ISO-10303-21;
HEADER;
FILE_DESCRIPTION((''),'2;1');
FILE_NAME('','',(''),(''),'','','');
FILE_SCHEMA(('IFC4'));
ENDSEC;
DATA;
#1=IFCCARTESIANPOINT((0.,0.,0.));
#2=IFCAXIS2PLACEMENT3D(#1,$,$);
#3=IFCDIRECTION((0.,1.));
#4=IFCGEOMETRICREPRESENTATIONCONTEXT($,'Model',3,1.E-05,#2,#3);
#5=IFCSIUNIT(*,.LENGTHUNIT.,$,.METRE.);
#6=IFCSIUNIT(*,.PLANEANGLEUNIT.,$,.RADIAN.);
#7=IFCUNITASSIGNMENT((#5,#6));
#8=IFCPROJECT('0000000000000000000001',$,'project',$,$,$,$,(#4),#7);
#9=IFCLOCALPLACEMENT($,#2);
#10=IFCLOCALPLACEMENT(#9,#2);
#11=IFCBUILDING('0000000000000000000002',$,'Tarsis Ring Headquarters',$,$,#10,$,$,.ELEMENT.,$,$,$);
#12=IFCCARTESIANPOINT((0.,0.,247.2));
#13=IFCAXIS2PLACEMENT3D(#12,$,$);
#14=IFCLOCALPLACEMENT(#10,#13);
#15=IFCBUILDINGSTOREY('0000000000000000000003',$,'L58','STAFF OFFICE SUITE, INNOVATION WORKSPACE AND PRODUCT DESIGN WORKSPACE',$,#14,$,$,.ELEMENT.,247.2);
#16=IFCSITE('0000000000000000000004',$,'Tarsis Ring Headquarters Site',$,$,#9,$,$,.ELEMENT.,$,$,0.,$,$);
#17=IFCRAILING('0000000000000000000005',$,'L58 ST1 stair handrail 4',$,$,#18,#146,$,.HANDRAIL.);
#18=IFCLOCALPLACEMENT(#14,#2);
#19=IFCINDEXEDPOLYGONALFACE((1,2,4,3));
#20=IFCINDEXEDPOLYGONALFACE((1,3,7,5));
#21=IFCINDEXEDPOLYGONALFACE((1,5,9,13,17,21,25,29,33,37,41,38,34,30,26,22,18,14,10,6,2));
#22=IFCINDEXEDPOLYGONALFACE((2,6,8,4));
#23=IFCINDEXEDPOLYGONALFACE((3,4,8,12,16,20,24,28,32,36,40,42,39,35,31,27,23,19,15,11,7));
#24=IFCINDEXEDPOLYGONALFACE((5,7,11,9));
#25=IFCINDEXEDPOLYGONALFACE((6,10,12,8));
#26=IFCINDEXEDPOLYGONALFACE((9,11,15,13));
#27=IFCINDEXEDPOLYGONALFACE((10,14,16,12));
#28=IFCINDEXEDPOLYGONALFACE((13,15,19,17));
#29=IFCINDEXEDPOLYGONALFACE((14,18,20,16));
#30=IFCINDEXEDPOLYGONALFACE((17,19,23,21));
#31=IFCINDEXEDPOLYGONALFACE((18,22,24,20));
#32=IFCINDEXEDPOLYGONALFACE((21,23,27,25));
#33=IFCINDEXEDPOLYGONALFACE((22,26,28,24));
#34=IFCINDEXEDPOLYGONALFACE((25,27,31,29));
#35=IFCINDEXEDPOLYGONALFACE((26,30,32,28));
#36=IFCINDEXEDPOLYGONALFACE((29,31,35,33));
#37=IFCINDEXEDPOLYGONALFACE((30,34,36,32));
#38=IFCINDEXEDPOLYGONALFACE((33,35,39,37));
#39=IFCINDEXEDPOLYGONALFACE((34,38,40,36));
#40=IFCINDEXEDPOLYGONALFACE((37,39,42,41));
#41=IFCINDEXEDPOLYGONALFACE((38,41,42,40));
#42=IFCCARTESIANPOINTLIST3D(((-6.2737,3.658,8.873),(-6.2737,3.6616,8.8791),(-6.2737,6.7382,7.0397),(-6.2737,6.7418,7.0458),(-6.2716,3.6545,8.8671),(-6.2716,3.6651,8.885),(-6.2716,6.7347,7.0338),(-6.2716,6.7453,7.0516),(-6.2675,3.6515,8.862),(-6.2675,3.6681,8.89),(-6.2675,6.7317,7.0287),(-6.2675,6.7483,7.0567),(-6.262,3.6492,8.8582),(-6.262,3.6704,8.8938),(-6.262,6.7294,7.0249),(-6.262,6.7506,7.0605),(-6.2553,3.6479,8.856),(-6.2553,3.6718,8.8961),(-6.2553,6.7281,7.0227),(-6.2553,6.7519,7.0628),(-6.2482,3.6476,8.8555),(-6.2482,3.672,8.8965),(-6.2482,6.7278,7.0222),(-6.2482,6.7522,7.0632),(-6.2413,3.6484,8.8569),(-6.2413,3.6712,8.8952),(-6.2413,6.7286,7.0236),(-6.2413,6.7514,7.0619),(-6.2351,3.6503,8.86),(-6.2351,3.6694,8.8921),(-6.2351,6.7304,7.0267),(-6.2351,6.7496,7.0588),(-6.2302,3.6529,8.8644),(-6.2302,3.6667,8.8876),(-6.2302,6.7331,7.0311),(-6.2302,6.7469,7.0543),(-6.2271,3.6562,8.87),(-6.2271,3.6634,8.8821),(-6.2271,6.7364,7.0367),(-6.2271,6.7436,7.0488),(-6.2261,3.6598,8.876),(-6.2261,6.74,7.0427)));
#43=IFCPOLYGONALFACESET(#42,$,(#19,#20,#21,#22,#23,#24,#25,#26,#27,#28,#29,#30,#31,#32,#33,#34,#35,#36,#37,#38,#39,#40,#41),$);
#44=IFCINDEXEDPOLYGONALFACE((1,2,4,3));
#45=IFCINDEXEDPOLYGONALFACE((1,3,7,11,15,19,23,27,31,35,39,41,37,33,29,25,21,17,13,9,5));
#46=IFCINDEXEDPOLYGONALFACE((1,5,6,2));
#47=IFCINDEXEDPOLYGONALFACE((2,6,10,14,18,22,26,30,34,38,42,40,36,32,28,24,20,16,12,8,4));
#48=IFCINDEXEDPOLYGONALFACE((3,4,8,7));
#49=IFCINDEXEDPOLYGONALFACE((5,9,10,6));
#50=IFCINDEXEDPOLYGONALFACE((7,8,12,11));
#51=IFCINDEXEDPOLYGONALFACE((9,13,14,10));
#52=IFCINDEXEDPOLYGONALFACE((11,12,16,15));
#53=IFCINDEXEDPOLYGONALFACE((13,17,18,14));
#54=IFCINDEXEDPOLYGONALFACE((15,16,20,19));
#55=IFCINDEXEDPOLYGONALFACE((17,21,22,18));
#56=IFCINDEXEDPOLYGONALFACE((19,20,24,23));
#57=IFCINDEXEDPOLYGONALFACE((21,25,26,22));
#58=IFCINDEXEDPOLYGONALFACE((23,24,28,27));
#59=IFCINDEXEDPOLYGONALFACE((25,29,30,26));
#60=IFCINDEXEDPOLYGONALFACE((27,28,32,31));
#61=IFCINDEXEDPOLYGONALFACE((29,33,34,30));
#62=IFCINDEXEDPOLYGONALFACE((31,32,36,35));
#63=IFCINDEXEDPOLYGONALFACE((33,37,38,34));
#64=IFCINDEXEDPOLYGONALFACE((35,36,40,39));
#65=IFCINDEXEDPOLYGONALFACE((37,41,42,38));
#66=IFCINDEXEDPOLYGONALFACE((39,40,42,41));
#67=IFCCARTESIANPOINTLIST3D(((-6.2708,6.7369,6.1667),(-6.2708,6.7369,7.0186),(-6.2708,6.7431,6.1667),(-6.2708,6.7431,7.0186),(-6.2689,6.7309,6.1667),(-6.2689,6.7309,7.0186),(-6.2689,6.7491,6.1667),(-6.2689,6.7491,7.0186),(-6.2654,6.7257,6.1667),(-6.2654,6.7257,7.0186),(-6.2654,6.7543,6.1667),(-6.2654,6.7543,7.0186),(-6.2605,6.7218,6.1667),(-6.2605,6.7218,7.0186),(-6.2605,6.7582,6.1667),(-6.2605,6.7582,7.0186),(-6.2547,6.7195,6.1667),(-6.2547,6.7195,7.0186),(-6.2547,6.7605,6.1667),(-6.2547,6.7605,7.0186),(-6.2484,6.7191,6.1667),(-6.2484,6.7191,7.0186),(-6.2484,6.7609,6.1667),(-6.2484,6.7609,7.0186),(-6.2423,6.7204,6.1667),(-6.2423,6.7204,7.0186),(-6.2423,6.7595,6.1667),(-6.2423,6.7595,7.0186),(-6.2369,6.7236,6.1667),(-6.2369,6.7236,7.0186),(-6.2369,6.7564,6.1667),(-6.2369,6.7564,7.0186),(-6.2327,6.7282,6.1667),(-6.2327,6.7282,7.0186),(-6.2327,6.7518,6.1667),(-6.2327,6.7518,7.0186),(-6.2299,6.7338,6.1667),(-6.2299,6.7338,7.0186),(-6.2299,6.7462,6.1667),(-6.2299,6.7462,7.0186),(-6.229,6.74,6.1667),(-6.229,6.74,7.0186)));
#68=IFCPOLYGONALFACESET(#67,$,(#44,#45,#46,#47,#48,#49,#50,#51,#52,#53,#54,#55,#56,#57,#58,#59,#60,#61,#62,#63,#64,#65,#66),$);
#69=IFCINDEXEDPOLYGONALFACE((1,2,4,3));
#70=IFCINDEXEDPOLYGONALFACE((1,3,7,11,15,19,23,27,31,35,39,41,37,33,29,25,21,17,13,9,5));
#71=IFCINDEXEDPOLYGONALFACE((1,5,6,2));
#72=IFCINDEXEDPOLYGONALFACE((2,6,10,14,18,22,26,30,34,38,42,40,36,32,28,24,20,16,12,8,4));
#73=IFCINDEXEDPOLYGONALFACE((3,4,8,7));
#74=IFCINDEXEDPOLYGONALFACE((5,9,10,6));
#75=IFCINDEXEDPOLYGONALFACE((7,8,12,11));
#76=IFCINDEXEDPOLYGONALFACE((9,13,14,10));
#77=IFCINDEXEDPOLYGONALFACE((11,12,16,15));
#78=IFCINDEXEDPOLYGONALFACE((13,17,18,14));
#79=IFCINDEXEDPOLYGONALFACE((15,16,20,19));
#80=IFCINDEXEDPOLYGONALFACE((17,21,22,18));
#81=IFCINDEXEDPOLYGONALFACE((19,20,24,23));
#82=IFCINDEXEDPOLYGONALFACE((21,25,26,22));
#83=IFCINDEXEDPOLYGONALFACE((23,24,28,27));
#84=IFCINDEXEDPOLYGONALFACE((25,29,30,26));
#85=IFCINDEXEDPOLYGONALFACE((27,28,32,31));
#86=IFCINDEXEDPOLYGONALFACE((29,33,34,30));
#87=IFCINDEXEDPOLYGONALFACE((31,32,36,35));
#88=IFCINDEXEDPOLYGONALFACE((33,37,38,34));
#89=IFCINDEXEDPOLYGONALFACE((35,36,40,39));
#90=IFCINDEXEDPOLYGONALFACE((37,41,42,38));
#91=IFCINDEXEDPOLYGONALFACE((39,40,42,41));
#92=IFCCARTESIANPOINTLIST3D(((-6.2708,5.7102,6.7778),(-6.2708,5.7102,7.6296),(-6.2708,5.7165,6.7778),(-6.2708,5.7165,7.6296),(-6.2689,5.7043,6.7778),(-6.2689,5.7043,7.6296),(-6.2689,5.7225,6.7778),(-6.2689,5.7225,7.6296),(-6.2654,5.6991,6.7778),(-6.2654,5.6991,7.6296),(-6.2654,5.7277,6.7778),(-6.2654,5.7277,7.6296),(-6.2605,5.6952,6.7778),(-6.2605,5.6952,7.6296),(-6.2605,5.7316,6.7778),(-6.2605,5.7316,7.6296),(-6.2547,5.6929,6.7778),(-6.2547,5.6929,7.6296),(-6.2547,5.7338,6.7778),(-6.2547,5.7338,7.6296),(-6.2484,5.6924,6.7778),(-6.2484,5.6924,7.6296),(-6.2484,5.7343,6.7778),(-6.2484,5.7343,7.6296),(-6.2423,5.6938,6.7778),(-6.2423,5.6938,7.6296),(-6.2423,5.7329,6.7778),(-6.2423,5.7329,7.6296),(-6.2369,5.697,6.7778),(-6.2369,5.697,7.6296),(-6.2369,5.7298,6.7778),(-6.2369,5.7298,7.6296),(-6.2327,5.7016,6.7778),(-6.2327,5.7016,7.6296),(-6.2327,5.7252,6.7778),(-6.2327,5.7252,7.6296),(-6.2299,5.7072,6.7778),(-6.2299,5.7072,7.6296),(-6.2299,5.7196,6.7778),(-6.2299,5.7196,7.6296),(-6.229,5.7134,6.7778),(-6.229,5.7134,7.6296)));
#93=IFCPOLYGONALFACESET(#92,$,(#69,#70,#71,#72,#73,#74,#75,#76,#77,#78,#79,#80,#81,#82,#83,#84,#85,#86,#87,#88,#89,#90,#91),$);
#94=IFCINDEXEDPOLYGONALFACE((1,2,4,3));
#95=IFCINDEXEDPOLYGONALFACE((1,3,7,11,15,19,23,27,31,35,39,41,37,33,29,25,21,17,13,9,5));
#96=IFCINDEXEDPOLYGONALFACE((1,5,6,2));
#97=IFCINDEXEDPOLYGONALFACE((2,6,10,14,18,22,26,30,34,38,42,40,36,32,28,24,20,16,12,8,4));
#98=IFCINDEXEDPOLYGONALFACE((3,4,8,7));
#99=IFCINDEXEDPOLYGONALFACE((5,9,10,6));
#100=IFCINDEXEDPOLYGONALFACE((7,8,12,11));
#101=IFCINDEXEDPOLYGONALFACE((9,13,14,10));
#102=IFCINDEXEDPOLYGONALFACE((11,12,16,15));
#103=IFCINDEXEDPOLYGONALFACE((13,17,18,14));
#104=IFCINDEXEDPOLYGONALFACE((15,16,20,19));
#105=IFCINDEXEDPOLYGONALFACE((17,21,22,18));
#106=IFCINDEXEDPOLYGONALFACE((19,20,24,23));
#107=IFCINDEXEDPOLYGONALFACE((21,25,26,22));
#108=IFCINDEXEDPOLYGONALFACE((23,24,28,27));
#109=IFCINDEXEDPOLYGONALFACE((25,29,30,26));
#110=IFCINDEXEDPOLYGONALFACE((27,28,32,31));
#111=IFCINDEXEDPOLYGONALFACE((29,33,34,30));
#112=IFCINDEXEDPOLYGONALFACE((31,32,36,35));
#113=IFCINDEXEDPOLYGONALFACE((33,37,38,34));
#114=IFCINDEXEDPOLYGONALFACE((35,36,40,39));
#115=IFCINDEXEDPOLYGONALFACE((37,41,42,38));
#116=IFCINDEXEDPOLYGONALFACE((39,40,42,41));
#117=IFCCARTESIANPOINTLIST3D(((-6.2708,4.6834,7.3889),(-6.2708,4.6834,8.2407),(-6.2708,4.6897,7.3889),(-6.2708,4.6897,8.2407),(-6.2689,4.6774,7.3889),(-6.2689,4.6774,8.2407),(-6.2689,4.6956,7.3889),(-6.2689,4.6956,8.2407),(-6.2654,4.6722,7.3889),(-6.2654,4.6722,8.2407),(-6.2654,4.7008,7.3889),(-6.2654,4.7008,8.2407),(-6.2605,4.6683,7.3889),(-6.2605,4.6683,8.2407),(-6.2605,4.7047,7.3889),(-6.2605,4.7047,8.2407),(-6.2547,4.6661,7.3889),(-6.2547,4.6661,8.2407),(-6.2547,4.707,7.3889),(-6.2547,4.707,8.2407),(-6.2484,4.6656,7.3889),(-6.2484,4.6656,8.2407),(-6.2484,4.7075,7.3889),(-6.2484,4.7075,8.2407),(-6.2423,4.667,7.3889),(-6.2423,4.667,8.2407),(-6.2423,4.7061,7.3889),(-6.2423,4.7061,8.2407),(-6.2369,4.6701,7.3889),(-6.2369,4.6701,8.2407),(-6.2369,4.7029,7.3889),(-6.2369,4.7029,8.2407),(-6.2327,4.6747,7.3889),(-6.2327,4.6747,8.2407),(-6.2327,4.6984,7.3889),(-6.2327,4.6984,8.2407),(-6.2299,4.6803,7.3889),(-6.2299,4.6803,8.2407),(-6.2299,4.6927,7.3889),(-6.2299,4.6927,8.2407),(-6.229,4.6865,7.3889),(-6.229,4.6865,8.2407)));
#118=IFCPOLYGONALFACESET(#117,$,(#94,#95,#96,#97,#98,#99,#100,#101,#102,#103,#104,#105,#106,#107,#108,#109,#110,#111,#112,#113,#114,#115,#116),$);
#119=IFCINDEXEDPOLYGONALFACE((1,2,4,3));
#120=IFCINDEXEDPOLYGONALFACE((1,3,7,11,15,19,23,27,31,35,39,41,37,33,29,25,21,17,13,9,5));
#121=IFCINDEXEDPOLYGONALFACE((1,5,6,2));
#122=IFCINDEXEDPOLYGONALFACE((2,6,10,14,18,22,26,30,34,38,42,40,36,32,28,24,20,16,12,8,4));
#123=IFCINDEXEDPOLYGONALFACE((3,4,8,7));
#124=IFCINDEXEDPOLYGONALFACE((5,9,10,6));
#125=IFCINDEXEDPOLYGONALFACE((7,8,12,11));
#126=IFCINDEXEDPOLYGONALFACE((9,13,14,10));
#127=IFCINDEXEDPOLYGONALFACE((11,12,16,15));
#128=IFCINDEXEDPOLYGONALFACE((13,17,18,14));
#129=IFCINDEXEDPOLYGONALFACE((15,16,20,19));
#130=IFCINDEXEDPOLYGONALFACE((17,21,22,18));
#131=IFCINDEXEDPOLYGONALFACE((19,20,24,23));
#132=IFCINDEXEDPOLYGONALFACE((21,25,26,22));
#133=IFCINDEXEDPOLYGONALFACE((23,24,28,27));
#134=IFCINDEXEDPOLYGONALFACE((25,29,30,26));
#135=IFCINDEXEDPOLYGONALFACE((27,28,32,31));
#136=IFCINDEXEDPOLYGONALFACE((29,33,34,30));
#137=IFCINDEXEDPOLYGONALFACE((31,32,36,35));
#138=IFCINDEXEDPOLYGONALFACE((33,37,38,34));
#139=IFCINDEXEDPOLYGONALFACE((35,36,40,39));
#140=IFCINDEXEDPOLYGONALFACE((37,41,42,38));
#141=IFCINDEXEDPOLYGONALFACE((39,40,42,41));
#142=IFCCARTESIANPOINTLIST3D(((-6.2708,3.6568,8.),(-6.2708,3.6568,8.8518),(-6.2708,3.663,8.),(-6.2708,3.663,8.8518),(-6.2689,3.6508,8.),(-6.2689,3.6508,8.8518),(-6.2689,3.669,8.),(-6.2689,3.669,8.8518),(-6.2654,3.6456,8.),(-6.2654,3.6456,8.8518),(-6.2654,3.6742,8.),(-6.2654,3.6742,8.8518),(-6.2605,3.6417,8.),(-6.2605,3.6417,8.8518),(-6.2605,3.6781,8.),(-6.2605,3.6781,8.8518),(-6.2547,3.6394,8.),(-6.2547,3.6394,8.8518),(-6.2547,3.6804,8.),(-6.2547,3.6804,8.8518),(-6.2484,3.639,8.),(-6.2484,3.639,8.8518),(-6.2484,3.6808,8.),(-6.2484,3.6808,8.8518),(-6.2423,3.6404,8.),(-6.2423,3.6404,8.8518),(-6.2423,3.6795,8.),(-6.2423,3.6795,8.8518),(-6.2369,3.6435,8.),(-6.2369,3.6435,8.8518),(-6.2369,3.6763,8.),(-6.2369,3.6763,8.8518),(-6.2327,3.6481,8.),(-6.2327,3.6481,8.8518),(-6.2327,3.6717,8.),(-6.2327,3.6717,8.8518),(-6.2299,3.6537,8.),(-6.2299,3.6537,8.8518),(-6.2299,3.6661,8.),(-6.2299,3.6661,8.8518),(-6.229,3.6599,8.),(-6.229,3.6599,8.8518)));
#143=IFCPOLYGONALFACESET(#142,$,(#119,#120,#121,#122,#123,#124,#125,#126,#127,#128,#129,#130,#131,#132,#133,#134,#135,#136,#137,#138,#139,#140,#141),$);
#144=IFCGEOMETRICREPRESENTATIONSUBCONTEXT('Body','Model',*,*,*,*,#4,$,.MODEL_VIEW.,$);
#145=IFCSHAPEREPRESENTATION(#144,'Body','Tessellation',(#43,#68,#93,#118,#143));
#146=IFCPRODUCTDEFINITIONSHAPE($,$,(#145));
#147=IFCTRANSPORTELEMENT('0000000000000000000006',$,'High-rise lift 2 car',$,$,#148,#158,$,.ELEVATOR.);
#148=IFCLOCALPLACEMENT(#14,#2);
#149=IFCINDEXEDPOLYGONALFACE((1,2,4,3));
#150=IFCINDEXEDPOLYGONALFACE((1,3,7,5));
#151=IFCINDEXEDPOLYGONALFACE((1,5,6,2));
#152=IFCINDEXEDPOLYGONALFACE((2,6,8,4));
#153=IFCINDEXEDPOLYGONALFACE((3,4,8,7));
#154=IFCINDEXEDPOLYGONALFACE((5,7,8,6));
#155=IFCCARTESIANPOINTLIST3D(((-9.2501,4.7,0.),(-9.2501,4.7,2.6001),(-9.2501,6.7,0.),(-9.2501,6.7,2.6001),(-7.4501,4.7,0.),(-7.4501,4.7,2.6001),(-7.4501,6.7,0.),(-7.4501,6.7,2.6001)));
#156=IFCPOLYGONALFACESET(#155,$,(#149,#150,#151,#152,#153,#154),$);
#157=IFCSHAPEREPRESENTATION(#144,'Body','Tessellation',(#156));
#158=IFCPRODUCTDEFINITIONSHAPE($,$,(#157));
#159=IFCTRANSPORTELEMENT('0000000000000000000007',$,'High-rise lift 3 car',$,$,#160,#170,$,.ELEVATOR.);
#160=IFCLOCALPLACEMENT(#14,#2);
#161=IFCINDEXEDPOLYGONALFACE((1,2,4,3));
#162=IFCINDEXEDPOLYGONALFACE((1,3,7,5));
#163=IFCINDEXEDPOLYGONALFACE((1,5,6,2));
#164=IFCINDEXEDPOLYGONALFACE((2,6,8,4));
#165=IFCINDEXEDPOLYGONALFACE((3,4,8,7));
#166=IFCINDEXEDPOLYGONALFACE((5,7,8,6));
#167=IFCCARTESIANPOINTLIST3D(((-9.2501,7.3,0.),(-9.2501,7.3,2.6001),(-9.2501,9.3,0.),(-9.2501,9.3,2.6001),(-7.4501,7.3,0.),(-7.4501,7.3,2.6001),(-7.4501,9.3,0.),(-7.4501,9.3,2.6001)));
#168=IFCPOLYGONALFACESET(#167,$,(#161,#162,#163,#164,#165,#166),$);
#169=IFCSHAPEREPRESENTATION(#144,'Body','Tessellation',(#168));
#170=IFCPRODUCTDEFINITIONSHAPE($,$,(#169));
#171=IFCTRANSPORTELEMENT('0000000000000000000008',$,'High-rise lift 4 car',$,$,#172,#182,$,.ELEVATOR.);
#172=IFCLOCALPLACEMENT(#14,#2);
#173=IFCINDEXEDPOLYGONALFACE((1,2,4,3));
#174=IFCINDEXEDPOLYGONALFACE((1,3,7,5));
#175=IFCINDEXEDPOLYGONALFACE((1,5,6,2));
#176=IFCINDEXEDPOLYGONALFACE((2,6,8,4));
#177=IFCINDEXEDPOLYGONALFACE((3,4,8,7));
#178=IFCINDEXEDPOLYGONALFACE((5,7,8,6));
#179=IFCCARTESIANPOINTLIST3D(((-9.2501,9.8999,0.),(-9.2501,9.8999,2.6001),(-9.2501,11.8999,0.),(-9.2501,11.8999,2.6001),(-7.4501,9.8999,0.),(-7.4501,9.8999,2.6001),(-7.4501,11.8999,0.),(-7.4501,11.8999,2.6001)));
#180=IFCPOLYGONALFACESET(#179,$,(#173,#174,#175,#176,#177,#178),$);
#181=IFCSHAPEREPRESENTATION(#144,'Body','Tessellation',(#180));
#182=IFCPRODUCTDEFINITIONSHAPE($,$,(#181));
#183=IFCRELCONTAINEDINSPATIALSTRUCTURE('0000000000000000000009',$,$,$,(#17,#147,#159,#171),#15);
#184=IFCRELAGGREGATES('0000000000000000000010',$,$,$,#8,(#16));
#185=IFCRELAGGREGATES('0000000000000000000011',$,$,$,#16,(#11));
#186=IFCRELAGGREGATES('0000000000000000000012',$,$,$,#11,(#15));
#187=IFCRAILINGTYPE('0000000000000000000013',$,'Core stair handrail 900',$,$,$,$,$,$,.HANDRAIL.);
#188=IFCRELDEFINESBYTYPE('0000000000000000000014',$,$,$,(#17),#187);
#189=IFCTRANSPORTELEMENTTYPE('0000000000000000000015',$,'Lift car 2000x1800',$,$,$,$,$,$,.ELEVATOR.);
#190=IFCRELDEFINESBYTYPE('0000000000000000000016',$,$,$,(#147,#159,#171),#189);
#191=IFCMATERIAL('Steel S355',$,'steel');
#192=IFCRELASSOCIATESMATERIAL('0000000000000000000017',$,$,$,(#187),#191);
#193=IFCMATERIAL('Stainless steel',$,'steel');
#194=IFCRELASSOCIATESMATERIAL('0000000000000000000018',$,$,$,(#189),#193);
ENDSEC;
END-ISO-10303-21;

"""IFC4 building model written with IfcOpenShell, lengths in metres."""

from ifc_helpers import new_model, si_unit, direction, frame, origin, origin_2d, place, context, subcontext, project, spatial, rectangle, circle, extrude, material, type_object, element, save


model = new_model("IFC4")

# Units and contexts
model_context = context("Model", 3, precision=1e-05, world=origin(), true_north=direction((0.0, 1.0)))
body_context = subcontext(model_context, "Body", "Model", "MODEL_VIEW")
ifc_project = project(units=[si_unit("LENGTHUNIT", "METRE"), si_unit("PLANEANGLEUNIT", "RADIAN")], contexts=[model_context])

# Site, building, storey
site_placement = place(None, origin())
site = spatial("IfcSite", under=ifc_project, at=site_placement, Name="Tarsis Ring Headquarters Site", CompositionType="ELEMENT", RefElevation=0.0)
building_placement = place(site_placement, origin())
building = spatial("IfcBuilding", under=site, at=building_placement, Name="Tarsis Ring Headquarters", CompositionType="ELEMENT")
storey_placement = place(building_placement, frame((0.0, 0.0, 247.2)))
storey = spatial("IfcBuildingStorey", under=building, at=storey_placement, Name="L58", Description="STAFF OFFICE SUITE, INNOVATION WORKSPACE AND PRODUCT DESIGN WORKSPACE", CompositionType="ELEMENT", Elevation=247.2)

# Shared definitions
ifc_material_1 = material(Name="Steel S355", Category="steel")

# Railing
railing_type_1 = type_object("IfcRailingType", Name="Core stair handrail 900", PredefinedType="HANDRAIL", material=ifc_material_1)
railing_1_placement = place(storey_placement, frame((-6.25, 6.74, 6.1667)))
element("IfcRailing", 1, at=railing_1_placement, inside=storey, type_object=railing_type_1, Name="L58 ST1 stair handrail 4", PredefinedType="HANDRAIL", context=body_context, shape_type="SweptSolid", body=[
    extrude(circle(Radius=0.0239, at=origin_2d()), frame((0.0, 0.0, 0.876), z_axis=(0.0, -0.859309, 0.511458), x_axis=(1.0, 0.0, 0.0)), (0.0, 0.0, 1.0), 3.5845),
    extrude(circle(Radius=0.021, at=origin_2d()), origin(), (0.0, 0.0, 1.0), 0.8518),
    extrude(circle(Radius=0.021, at=origin_2d()), frame((0.0, -1.0266, 0.6111)), (0.0, 0.0, 1.0), 0.8518),
    extrude(circle(Radius=0.021, at=origin_2d()), frame((0.0, -2.0535, 1.2222)), (0.0, 0.0, 1.0), 0.8518),
    extrude(circle(Radius=0.021, at=origin_2d()), frame((0.0, -3.0801, 1.8333)), (0.0, 0.0, 1.0), 0.8518),
])

# Transport elements
ifc_material_2 = material(Name="Stainless steel", Category="steel")
transport_element_type = type_object("IfcTransportElementType", Name="Lift car 2000x1800", PredefinedType="ELEVATOR", material=ifc_material_2)
for number, where, z_axis, x_axis, name in (
    (2, (-8.3501, 5.7, 0.0), (0.0, 0.0, 1.0), (1.0, 0.0, 0.0), "High-rise lift 2 car"),
    (3, (-8.3501, 8.3, 0.0), (0.0, 0.0, 1.0), (1.0, 0.0, 0.0), "High-rise lift 3 car"),
    (4, (-8.3501, 10.8999, 0.0), (0.0, 0.0, 1.0), (1.0, 0.0, 0.0), "High-rise lift 4 car"),
):
    element("IfcTransportElement", number, at=place(storey_placement, frame(where, z_axis=z_axis, x_axis=x_axis)), inside=storey, type_object=transport_element_type, Name=name, PredefinedType="ELEVATOR", context=body_context, shape_type="SweptSolid", body=[
        extrude(rectangle(XDim=1.8, YDim=2.0, at=origin_2d()), origin(), (0.0, 0.0, 1.0), 2.6001),
    ])

save(model, "model.ifc")
